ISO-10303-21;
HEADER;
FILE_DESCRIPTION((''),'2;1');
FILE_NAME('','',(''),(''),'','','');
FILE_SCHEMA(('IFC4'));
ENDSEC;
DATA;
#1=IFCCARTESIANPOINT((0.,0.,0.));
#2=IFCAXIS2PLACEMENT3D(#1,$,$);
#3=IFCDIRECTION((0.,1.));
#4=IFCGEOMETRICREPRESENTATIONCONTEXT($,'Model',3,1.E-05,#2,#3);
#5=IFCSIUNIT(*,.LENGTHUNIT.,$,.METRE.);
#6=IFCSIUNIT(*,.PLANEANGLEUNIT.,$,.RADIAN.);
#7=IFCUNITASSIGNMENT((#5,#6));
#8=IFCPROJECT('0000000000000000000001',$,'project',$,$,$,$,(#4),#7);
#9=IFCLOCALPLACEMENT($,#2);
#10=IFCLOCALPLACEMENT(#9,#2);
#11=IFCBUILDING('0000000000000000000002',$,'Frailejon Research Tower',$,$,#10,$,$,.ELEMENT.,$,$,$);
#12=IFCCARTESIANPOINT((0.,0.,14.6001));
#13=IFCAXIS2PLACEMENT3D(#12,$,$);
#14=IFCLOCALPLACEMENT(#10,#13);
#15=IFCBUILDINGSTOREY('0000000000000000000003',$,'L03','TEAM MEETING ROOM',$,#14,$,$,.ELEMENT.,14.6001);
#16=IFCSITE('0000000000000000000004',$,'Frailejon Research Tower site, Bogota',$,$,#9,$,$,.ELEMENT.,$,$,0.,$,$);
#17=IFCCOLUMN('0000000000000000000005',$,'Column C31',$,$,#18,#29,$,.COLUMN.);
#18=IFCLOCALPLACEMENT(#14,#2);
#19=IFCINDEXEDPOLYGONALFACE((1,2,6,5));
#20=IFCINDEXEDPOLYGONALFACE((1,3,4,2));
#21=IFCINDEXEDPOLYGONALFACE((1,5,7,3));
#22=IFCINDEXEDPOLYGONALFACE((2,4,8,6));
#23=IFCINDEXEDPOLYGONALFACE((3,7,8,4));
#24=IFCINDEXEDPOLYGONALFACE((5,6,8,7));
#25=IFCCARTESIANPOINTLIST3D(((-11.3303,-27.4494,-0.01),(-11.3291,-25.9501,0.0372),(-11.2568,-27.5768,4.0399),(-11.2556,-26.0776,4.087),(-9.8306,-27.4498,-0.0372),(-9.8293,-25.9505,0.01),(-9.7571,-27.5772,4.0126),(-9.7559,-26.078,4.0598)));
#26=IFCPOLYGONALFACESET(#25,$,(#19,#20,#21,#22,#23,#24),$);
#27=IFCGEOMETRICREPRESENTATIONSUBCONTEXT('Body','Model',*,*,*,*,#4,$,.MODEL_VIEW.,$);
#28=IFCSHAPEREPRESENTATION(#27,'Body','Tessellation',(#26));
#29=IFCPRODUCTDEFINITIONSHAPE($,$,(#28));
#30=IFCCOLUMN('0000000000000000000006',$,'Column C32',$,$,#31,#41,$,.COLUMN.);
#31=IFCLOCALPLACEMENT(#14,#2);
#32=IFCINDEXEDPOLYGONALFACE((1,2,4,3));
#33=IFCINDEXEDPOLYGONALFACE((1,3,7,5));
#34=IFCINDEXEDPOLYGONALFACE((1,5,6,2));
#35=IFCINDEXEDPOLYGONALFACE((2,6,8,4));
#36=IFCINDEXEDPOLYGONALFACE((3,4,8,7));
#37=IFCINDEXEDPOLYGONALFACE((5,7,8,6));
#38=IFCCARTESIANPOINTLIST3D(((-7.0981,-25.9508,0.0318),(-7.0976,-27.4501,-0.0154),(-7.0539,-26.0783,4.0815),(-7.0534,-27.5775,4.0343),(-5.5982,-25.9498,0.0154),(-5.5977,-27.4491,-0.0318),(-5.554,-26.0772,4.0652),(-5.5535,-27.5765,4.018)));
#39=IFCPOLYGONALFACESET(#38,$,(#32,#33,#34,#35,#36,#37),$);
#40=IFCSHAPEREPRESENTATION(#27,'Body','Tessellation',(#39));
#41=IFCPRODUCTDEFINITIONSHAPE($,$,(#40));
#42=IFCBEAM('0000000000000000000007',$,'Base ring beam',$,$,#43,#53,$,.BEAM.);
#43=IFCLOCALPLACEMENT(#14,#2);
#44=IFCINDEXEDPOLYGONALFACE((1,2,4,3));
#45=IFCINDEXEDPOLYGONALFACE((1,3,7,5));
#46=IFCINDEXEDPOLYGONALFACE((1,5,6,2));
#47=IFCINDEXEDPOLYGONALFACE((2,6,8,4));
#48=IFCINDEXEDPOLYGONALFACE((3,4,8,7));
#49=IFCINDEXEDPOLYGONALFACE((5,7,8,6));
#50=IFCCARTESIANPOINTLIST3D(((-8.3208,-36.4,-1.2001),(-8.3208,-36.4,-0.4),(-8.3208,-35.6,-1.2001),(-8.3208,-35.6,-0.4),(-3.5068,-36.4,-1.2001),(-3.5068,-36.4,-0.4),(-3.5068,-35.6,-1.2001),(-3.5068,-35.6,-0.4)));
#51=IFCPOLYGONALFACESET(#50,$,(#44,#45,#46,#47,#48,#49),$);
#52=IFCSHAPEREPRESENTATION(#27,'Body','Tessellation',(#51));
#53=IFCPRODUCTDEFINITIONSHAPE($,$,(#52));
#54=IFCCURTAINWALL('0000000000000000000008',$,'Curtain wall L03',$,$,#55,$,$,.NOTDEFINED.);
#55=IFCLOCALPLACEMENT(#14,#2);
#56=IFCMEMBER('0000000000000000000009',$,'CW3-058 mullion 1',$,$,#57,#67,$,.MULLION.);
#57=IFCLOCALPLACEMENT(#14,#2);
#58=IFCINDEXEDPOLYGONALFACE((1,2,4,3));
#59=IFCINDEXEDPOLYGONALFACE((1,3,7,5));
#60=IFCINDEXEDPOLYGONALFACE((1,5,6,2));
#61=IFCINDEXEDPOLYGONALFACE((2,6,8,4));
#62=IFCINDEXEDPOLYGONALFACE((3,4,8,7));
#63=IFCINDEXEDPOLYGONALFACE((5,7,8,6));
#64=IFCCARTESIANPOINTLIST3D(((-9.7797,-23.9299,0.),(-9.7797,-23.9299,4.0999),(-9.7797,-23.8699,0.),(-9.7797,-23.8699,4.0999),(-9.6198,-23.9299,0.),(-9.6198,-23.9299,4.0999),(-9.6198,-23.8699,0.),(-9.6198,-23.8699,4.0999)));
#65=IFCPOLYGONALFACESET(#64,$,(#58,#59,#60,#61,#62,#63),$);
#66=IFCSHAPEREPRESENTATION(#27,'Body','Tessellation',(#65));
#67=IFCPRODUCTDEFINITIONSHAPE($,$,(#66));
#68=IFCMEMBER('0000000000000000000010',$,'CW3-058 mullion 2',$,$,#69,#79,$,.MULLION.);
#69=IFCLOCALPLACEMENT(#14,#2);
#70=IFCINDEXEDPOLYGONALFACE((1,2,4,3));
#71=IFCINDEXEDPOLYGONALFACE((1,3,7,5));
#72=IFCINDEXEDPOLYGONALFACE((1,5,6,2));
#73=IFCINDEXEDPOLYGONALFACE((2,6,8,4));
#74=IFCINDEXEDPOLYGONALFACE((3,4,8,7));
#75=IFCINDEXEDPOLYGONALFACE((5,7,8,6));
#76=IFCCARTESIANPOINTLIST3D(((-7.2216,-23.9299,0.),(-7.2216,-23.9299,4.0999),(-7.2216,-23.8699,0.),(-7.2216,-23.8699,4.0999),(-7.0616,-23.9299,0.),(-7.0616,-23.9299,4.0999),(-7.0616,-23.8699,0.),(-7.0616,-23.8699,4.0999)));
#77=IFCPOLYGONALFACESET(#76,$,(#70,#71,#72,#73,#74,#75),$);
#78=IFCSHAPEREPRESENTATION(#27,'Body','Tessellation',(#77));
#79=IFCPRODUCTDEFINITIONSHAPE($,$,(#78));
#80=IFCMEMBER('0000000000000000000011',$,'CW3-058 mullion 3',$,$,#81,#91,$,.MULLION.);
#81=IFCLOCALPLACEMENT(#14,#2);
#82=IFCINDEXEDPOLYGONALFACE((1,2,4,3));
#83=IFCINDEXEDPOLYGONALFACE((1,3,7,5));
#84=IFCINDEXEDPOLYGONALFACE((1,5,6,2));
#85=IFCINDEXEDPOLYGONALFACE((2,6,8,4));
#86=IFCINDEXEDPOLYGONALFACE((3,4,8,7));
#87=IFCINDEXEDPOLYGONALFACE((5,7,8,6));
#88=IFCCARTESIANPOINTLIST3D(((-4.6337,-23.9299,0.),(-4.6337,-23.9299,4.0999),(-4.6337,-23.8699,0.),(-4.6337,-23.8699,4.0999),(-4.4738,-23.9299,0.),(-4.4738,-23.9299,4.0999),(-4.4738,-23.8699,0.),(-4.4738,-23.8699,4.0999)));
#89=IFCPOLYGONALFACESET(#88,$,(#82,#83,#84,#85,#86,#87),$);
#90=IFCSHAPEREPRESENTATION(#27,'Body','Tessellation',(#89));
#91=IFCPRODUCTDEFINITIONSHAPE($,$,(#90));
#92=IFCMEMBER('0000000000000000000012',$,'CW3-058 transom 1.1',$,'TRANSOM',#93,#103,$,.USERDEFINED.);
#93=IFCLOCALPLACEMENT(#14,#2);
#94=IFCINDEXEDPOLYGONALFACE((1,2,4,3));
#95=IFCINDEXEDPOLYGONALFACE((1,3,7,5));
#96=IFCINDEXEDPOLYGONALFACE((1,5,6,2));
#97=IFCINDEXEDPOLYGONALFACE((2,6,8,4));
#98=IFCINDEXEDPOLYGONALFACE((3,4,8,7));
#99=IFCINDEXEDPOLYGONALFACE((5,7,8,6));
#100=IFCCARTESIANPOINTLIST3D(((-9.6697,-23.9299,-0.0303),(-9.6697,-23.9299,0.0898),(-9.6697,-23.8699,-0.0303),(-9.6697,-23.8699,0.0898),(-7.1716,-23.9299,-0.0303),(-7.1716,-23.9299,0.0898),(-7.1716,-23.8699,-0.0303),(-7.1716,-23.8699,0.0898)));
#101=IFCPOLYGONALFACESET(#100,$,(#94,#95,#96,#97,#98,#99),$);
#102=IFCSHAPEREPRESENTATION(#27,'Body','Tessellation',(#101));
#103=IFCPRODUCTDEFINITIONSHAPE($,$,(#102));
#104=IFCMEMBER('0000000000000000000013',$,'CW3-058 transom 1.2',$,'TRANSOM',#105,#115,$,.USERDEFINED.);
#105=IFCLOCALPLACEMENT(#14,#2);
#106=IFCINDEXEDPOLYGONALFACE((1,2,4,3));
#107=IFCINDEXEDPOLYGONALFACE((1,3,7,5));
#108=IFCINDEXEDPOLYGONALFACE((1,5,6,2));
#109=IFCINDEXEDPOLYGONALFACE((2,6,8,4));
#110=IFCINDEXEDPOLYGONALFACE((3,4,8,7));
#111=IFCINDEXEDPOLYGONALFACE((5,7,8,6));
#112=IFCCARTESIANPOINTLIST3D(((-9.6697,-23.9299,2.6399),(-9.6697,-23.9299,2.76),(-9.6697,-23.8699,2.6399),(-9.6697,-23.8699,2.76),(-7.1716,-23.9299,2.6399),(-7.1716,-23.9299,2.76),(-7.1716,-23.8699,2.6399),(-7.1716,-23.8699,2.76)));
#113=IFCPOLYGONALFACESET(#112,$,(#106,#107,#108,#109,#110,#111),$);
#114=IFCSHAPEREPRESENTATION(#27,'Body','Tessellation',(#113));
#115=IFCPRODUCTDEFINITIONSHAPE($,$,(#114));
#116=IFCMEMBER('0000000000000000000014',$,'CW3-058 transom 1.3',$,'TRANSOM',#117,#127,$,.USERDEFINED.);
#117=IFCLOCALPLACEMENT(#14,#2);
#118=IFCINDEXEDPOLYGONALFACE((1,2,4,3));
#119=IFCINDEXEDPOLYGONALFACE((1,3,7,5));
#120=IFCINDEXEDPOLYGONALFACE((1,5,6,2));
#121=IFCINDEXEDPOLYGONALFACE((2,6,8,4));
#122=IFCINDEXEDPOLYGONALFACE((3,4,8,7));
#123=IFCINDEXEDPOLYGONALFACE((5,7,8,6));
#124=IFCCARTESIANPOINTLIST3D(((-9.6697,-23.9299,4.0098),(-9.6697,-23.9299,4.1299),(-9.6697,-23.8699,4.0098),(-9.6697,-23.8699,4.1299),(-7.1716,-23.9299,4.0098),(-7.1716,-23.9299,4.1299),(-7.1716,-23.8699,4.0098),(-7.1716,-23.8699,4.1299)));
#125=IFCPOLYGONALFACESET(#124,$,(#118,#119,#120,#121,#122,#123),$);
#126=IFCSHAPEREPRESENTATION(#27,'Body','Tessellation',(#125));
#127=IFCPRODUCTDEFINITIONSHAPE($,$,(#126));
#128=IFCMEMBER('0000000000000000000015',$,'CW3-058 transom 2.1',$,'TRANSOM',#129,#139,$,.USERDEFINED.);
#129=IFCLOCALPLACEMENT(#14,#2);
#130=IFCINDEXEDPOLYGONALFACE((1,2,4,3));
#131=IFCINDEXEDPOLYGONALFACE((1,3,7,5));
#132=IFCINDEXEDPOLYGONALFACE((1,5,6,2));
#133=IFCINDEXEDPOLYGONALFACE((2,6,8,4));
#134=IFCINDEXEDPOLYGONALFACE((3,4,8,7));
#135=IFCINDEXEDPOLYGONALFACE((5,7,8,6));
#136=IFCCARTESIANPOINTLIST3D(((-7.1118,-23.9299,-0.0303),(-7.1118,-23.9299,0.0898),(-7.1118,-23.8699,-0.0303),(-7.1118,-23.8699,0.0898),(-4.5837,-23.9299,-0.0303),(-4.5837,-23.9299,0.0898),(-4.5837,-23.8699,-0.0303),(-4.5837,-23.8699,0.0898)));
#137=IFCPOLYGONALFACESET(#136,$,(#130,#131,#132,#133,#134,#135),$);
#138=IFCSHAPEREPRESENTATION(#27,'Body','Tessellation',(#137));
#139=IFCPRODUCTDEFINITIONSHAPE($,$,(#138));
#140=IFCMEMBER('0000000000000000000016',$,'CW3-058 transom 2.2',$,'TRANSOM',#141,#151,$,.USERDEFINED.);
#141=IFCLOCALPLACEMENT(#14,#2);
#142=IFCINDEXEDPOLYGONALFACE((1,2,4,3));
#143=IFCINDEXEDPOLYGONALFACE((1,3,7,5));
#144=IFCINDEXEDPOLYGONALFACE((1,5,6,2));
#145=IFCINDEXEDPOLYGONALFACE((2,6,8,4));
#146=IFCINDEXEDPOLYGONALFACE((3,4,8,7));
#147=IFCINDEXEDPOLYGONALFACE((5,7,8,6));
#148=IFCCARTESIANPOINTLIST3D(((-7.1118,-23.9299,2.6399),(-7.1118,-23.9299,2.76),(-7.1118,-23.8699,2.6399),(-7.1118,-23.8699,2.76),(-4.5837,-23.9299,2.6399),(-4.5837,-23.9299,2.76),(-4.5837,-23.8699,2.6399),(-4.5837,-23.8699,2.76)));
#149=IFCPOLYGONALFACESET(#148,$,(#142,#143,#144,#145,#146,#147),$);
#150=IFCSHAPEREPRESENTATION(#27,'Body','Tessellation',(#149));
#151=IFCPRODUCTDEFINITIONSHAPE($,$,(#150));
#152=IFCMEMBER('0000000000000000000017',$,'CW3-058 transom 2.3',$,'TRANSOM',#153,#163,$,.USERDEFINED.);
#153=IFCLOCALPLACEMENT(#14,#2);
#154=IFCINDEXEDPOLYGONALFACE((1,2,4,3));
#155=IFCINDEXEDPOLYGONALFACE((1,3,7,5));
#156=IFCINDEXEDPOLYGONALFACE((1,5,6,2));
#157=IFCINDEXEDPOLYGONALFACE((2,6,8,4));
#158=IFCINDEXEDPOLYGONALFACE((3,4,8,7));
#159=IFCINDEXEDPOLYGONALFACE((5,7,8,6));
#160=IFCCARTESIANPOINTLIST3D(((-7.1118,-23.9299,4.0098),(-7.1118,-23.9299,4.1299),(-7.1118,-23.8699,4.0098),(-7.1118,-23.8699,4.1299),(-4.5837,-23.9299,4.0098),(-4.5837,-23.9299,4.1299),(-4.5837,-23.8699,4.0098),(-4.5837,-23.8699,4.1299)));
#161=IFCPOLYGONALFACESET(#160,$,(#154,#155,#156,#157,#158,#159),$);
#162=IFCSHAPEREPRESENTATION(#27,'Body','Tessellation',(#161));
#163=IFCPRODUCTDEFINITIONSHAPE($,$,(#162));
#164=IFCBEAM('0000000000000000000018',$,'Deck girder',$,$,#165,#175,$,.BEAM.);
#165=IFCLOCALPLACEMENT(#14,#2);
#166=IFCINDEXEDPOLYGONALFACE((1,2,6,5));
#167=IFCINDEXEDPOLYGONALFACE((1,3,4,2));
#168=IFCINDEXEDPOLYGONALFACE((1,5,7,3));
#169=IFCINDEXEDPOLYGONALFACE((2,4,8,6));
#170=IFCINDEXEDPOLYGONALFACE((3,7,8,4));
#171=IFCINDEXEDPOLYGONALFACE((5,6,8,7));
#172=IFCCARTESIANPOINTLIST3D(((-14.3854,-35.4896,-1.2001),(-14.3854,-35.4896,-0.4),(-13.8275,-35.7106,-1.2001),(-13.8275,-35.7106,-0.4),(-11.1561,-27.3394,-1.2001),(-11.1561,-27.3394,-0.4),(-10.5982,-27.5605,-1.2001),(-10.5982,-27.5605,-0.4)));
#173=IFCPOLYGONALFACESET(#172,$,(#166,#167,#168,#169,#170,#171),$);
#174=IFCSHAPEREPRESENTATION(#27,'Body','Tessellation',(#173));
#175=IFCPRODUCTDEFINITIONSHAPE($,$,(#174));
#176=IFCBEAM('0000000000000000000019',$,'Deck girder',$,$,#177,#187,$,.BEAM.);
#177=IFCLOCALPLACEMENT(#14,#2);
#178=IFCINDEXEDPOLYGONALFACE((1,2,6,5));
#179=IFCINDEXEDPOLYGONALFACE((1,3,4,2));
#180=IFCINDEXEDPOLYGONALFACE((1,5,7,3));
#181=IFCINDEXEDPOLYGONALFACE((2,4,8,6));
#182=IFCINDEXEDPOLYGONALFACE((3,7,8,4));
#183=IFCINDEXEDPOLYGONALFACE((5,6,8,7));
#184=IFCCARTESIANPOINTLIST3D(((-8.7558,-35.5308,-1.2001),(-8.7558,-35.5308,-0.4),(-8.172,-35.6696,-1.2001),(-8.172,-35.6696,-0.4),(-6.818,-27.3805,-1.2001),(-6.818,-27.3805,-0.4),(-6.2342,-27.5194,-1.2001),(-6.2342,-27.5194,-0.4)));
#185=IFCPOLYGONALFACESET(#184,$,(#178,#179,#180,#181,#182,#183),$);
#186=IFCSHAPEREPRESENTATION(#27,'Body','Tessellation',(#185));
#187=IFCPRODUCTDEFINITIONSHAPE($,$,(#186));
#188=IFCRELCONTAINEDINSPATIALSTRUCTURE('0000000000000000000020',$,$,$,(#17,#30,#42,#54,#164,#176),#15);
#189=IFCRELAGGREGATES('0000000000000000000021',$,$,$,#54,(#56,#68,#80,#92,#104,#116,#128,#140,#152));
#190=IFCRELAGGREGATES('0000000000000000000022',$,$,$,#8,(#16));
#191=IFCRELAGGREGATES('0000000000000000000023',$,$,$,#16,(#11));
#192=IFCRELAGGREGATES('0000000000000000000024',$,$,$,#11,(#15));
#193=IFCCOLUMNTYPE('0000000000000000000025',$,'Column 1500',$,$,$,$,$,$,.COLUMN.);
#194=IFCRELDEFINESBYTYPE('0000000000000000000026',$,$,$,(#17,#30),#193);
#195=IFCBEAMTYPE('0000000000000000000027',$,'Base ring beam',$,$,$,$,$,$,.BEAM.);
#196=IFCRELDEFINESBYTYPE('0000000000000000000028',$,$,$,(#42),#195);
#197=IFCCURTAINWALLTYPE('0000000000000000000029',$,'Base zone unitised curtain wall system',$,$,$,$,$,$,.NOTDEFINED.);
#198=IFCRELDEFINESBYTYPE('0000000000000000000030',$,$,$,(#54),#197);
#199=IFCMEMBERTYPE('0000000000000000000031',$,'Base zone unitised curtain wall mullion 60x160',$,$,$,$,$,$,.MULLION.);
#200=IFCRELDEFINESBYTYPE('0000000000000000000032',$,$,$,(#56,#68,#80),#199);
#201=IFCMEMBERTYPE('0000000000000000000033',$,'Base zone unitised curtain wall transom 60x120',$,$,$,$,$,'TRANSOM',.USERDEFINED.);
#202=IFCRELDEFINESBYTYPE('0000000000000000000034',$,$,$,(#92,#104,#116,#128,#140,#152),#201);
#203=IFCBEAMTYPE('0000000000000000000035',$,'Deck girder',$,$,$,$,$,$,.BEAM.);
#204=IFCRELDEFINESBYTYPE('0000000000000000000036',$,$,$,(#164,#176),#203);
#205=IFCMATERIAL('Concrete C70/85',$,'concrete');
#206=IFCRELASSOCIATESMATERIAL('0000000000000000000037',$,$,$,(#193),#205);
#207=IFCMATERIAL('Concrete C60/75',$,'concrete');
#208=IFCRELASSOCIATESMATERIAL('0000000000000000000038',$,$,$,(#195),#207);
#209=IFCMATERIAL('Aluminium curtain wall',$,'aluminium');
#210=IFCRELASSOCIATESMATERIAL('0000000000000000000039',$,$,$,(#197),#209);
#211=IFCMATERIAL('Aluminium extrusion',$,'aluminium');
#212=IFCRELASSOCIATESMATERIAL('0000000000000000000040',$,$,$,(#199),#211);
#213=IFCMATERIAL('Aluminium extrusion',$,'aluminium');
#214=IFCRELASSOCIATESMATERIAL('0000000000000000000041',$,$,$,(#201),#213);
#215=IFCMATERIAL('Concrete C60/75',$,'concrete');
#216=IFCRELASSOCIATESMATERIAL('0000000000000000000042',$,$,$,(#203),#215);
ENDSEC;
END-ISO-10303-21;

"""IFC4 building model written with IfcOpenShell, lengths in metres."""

from ifc_helpers import new_model, si_unit, direction, frame, origin, origin_2d, place, context, subcontext, project, spatial, rectangle, extrude, material, material_profile, profile_set, type_object, element, aggregate, save


model = new_model("IFC4")

# Units and contexts
model_context = context("Model", 3, precision=1e-05, world=origin(), true_north=direction((0.0, 1.0)))
body_context = subcontext(model_context, "Body", "Model", "MODEL_VIEW")
ifc_project = project(units=[si_unit("LENGTHUNIT", "METRE"), si_unit("PLANEANGLEUNIT", "RADIAN")], contexts=[model_context])

# Site, building, storey
site_placement = place(None, origin())
site = spatial("IfcSite", under=ifc_project, at=site_placement, Name="Frailejon Research Tower site, Bogota", CompositionType="ELEMENT", RefElevation=0.0)
building_placement = place(site_placement, origin())
building = spatial("IfcBuilding", under=site, at=building_placement, Name="Frailejon Research Tower", CompositionType="ELEMENT")
storey_placement = place(building_placement, frame((0.0, 0.0, 14.6001)))
storey = spatial("IfcBuildingStorey", under=building, at=storey_placement, Name="L03", Description="TEAM MEETING ROOM", CompositionType="ELEMENT", Elevation=14.6001)

# Columns
ifc_material_1 = material(Name="Concrete C70/85", Category="concrete")
ifc_material_profile_1 = material_profile(ifc_material_1, rectangle(XDim=1.5, YDim=1.5, at=origin_2d()), Name="Column 1500")
ifc_profile_set_1 = profile_set([ifc_material_profile_1], Name="Concrete C70/85")
column_type = type_object("IfcColumnType", Name="Column 1500", PredefinedType="COLUMN", material=ifc_profile_set_1)
column_1_placement = place(storey_placement, frame((-10.5798, -26.7, 0.0), z_axis=(0.018134, -0.031448, 0.999341), x_axis=(0.999835, -0.000256, -0.018151)))
element("IfcColumn", 1, at=column_1_placement, inside=storey, type_object=column_type, Name="Column C31", PredefinedType="COLUMN", context=body_context, shape_type="SweptSolid", body=[
    extrude(rectangle(XDim=1.5, YDim=1.5, at=origin_2d()), origin(), (0.0, 0.0, 1.0), 4.0525),
])
column_2_placement = place(storey_placement, frame((-6.3479, -26.7, 0.0), z_axis=(0.010905, -0.031451, 0.999446), x_axis=(0.99994, 0.000694, -0.010889)))
element("IfcColumn", 2, at=column_2_placement, inside=storey, type_object=column_type, Name="Column C32", PredefinedType="COLUMN", context=body_context, shape_type="SweptSolid", body=[
    extrude(rectangle(XDim=1.5, YDim=1.5, at=origin_2d()), origin(), (0.0, 0.0, 1.0), 4.052),
])

# Beam
ifc_material_2 = material(Name="Concrete C60/75", Category="concrete")
ifc_material_profile_2 = material_profile(ifc_material_2, rectangle(XDim=0.8, YDim=0.8, at=origin_2d()), Name="Base ring beam")
ifc_profile_set_2 = profile_set([ifc_material_profile_2], Name="Concrete C60/75")
beam_type_1 = type_object("IfcBeamType", Name="Base ring beam", PredefinedType="BEAM", material=ifc_profile_set_2)
beam_1_placement = place(storey_placement, frame((-8.3208, -36.0, -0.8), z_axis=(1.0, 0.0, 0.0), x_axis=(0.0, 1.0, 0.0)))
element("IfcBeam", 3, at=beam_1_placement, inside=storey, type_object=beam_type_1, Name="Base ring beam", PredefinedType="BEAM", context=body_context, shape_type="SweptSolid", body=[
    extrude(rectangle(XDim=0.8, YDim=0.8, at=origin_2d()), origin(), (0.0, 0.0, 1.0), 4.814),
])

# Curtain wall, members
ifc_material_3 = material(Name="Aluminium curtain wall", Category="aluminium")
curtain_wall_type = type_object("IfcCurtainWallType", Name="Base zone unitised curtain wall system", PredefinedType="NOTDEFINED", material=ifc_material_3)
curtain_wall_placement = place(storey_placement, origin())
curtain_wall = element("IfcCurtainWall", 4, at=curtain_wall_placement, inside=storey, type_object=curtain_wall_type, Name="Curtain wall L03", PredefinedType="NOTDEFINED")
ifc_material_4 = material(Name="Aluminium extrusion", Category="aluminium")
ifc_material_profile_3 = material_profile(ifc_material_4, rectangle(XDim=0.0601, YDim=0.1599, at=origin_2d()), Name="Base zone unitised curtain wall mullion 60x160")
ifc_profile_set_3 = profile_set([ifc_material_profile_3], Name="Aluminium extrusion")
member_type_1 = type_object("IfcMemberType", Name="Base zone unitised curtain wall mullion 60x160", PredefinedType="MULLION", material=ifc_profile_set_3)
member_1_placement = place(storey_placement, frame((-9.6997, -23.8999, 0.0), z_axis=(0.0, 0.0, 1.0), x_axis=(0.0, 1.0, 0.0)))
member_1 = element("IfcMember", 5, at=member_1_placement, type_object=member_type_1, Name="CW3-058 mullion 1", PredefinedType="MULLION", context=body_context, shape_type="SweptSolid", body=[
    extrude(rectangle(XDim=0.0601, YDim=0.1599, at=origin_2d()), origin(), (0.0, 0.0, 1.0), 4.0999),
])
member_2_placement = place(storey_placement, frame((-7.1416, -23.8999, 0.0), z_axis=(0.0, 0.0, 1.0), x_axis=(0.0, 1.0, 0.0)))
member_2 = element("IfcMember", 6, at=member_2_placement, type_object=member_type_1, Name="CW3-058 mullion 2", PredefinedType="MULLION", context=body_context, shape_type="SweptSolid", body=[
    extrude(rectangle(XDim=0.0601, YDim=0.1599, at=origin_2d()), origin(), (0.0, 0.0, 1.0), 4.0999),
])
member_3_placement = place(storey_placement, frame((-4.5537, -23.8999, 0.0), z_axis=(0.0, 0.0, 1.0), x_axis=(0.0, 1.0, 0.0)))
member_3 = element("IfcMember", 7, at=member_3_placement, type_object=member_type_1, Name="CW3-058 mullion 3", PredefinedType="MULLION", context=body_context, shape_type="SweptSolid", body=[
    extrude(rectangle(XDim=0.0601, YDim=0.1599, at=origin_2d()), origin(), (0.0, 0.0, 1.0), 4.0999),
])
ifc_material_5 = material(Name="Aluminium extrusion", Category="aluminium")
ifc_material_profile_4 = material_profile(ifc_material_5, rectangle(XDim=0.0601, YDim=0.1201, at=origin_2d()), Name="Base zone unitised curtain wall transom 60x120")
ifc_profile_set_4 = profile_set([ifc_material_profile_4], Name="Aluminium extrusion")
member_type_2 = type_object("IfcMemberType", Name="Base zone unitised curtain wall transom 60x120", ElementType="TRANSOM", PredefinedType="USERDEFINED", material=ifc_profile_set_4)
member_4_placement = place(storey_placement, frame((-9.6697, -23.8999, 0.0298), z_axis=(1.0, 0.0, 0.0), x_axis=(0.0, 1.0, 0.0)))
member_4 = element("IfcMember", 8, at=member_4_placement, type_object=member_type_2, Name="CW3-058 transom 1.1", ObjectType="TRANSOM", PredefinedType="USERDEFINED", context=body_context, shape_type="SweptSolid", body=[
    extrude(rectangle(XDim=0.0601, YDim=0.1201, at=origin_2d()), origin(), (0.0, 0.0, 1.0), 2.498),
])
member_5_placement = place(storey_placement, frame((-9.6697, -23.8999, 2.7), z_axis=(1.0, 0.0, 0.0), x_axis=(0.0, 1.0, 0.0)))
member_5 = element("IfcMember", 9, at=member_5_placement, type_object=member_type_2, Name="CW3-058 transom 1.2", ObjectType="TRANSOM", PredefinedType="USERDEFINED", context=body_context, shape_type="SweptSolid", body=[
    extrude(rectangle(XDim=0.0601, YDim=0.1201, at=origin_2d()), origin(), (0.0, 0.0, 1.0), 2.498),
])
member_6_placement = place(storey_placement, frame((-9.6697, -23.8999, 4.0698), z_axis=(1.0, 0.0, 0.0), x_axis=(0.0, 1.0, 0.0)))
member_6 = element("IfcMember", 10, at=member_6_placement, type_object=member_type_2, Name="CW3-058 transom 1.3", ObjectType="TRANSOM", PredefinedType="USERDEFINED", context=body_context, shape_type="SweptSolid", body=[
    extrude(rectangle(XDim=0.0601, YDim=0.1201, at=origin_2d()), origin(), (0.0, 0.0, 1.0), 2.498),
])
member_7_placement = place(storey_placement, frame((-7.1118, -23.8999, 0.0298), z_axis=(1.0, 0.0, 0.0), x_axis=(0.0, 1.0, 0.0)))
member_7 = element("IfcMember", 11, at=member_7_placement, type_object=member_type_2, Name="CW3-058 transom 2.1", ObjectType="TRANSOM", PredefinedType="USERDEFINED", context=body_context, shape_type="SweptSolid", body=[
    extrude(rectangle(XDim=0.0601, YDim=0.1201, at=origin_2d()), origin(), (0.0, 0.0, 1.0), 2.5281),
])
member_8_placement = place(storey_placement, frame((-7.1118, -23.8999, 2.7), z_axis=(1.0, 0.0, 0.0), x_axis=(0.0, 1.0, 0.0)))
member_8 = element("IfcMember", 12, at=member_8_placement, type_object=member_type_2, Name="CW3-058 transom 2.2", ObjectType="TRANSOM", PredefinedType="USERDEFINED", context=body_context, shape_type="SweptSolid", body=[
    extrude(rectangle(XDim=0.0601, YDim=0.1201, at=origin_2d()), origin(), (0.0, 0.0, 1.0), 2.5281),
])
member_9_placement = place(storey_placement, frame((-7.1118, -23.8999, 4.0698), z_axis=(1.0, 0.0, 0.0), x_axis=(0.0, 1.0, 0.0)))
member_9 = element("IfcMember", 13, at=member_9_placement, type_object=member_type_2, Name="CW3-058 transom 2.3", ObjectType="TRANSOM", PredefinedType="USERDEFINED", context=body_context, shape_type="SweptSolid", body=[
    extrude(rectangle(XDim=0.0601, YDim=0.1201, at=origin_2d()), origin(), (0.0, 0.0, 1.0), 2.5281),
])

# Beams
ifc_material_6 = material(Name="Concrete C60/75", Category="concrete")
ifc_material_profile_5 = material_profile(ifc_material_6, rectangle(XDim=0.6001, YDim=0.8, at=origin_2d()), Name="Deck girder")
ifc_profile_set_5 = profile_set([ifc_material_profile_5], Name="Concrete C60/75")
beam_type_2 = type_object("IfcBeamType", Name="Deck girder", PredefinedType="BEAM", material=ifc_profile_set_5)
beam_2_placement = place(storey_placement, frame((-10.8772, -27.45, -0.8), z_axis=(-0.368359, -0.929684, 0.0), x_axis=(0.929684, -0.368359, 0.0)))
element("IfcBeam", 14, at=beam_2_placement, inside=storey, type_object=beam_type_2, Name="Deck girder", PredefinedType="BEAM", context=body_context, shape_type="SweptSolid", body=[
    extrude(rectangle(XDim=0.6001, YDim=0.8, at=origin_2d()), origin(), (0.0, 0.0, 1.0), 8.7666),
])
beam_3_placement = place(storey_placement, frame((-6.5261, -27.45, -0.8), z_axis=(-0.231308, -0.972881, 0.0), x_axis=(0.972881, -0.231308, 0.0)))
element("IfcBeam", 15, at=beam_3_placement, inside=storey, type_object=beam_type_2, Name="Deck girder", PredefinedType="BEAM", context=body_context, shape_type="SweptSolid", body=[
    extrude(rectangle(XDim=0.6001, YDim=0.8, at=origin_2d()), origin(), (0.0, 0.0, 1.0), 8.3774),
])

aggregate(curtain_wall, [member_1, member_2, member_3, member_4, member_5, member_6, member_7, member_8, member_9])

save(model, "model.ifc")
